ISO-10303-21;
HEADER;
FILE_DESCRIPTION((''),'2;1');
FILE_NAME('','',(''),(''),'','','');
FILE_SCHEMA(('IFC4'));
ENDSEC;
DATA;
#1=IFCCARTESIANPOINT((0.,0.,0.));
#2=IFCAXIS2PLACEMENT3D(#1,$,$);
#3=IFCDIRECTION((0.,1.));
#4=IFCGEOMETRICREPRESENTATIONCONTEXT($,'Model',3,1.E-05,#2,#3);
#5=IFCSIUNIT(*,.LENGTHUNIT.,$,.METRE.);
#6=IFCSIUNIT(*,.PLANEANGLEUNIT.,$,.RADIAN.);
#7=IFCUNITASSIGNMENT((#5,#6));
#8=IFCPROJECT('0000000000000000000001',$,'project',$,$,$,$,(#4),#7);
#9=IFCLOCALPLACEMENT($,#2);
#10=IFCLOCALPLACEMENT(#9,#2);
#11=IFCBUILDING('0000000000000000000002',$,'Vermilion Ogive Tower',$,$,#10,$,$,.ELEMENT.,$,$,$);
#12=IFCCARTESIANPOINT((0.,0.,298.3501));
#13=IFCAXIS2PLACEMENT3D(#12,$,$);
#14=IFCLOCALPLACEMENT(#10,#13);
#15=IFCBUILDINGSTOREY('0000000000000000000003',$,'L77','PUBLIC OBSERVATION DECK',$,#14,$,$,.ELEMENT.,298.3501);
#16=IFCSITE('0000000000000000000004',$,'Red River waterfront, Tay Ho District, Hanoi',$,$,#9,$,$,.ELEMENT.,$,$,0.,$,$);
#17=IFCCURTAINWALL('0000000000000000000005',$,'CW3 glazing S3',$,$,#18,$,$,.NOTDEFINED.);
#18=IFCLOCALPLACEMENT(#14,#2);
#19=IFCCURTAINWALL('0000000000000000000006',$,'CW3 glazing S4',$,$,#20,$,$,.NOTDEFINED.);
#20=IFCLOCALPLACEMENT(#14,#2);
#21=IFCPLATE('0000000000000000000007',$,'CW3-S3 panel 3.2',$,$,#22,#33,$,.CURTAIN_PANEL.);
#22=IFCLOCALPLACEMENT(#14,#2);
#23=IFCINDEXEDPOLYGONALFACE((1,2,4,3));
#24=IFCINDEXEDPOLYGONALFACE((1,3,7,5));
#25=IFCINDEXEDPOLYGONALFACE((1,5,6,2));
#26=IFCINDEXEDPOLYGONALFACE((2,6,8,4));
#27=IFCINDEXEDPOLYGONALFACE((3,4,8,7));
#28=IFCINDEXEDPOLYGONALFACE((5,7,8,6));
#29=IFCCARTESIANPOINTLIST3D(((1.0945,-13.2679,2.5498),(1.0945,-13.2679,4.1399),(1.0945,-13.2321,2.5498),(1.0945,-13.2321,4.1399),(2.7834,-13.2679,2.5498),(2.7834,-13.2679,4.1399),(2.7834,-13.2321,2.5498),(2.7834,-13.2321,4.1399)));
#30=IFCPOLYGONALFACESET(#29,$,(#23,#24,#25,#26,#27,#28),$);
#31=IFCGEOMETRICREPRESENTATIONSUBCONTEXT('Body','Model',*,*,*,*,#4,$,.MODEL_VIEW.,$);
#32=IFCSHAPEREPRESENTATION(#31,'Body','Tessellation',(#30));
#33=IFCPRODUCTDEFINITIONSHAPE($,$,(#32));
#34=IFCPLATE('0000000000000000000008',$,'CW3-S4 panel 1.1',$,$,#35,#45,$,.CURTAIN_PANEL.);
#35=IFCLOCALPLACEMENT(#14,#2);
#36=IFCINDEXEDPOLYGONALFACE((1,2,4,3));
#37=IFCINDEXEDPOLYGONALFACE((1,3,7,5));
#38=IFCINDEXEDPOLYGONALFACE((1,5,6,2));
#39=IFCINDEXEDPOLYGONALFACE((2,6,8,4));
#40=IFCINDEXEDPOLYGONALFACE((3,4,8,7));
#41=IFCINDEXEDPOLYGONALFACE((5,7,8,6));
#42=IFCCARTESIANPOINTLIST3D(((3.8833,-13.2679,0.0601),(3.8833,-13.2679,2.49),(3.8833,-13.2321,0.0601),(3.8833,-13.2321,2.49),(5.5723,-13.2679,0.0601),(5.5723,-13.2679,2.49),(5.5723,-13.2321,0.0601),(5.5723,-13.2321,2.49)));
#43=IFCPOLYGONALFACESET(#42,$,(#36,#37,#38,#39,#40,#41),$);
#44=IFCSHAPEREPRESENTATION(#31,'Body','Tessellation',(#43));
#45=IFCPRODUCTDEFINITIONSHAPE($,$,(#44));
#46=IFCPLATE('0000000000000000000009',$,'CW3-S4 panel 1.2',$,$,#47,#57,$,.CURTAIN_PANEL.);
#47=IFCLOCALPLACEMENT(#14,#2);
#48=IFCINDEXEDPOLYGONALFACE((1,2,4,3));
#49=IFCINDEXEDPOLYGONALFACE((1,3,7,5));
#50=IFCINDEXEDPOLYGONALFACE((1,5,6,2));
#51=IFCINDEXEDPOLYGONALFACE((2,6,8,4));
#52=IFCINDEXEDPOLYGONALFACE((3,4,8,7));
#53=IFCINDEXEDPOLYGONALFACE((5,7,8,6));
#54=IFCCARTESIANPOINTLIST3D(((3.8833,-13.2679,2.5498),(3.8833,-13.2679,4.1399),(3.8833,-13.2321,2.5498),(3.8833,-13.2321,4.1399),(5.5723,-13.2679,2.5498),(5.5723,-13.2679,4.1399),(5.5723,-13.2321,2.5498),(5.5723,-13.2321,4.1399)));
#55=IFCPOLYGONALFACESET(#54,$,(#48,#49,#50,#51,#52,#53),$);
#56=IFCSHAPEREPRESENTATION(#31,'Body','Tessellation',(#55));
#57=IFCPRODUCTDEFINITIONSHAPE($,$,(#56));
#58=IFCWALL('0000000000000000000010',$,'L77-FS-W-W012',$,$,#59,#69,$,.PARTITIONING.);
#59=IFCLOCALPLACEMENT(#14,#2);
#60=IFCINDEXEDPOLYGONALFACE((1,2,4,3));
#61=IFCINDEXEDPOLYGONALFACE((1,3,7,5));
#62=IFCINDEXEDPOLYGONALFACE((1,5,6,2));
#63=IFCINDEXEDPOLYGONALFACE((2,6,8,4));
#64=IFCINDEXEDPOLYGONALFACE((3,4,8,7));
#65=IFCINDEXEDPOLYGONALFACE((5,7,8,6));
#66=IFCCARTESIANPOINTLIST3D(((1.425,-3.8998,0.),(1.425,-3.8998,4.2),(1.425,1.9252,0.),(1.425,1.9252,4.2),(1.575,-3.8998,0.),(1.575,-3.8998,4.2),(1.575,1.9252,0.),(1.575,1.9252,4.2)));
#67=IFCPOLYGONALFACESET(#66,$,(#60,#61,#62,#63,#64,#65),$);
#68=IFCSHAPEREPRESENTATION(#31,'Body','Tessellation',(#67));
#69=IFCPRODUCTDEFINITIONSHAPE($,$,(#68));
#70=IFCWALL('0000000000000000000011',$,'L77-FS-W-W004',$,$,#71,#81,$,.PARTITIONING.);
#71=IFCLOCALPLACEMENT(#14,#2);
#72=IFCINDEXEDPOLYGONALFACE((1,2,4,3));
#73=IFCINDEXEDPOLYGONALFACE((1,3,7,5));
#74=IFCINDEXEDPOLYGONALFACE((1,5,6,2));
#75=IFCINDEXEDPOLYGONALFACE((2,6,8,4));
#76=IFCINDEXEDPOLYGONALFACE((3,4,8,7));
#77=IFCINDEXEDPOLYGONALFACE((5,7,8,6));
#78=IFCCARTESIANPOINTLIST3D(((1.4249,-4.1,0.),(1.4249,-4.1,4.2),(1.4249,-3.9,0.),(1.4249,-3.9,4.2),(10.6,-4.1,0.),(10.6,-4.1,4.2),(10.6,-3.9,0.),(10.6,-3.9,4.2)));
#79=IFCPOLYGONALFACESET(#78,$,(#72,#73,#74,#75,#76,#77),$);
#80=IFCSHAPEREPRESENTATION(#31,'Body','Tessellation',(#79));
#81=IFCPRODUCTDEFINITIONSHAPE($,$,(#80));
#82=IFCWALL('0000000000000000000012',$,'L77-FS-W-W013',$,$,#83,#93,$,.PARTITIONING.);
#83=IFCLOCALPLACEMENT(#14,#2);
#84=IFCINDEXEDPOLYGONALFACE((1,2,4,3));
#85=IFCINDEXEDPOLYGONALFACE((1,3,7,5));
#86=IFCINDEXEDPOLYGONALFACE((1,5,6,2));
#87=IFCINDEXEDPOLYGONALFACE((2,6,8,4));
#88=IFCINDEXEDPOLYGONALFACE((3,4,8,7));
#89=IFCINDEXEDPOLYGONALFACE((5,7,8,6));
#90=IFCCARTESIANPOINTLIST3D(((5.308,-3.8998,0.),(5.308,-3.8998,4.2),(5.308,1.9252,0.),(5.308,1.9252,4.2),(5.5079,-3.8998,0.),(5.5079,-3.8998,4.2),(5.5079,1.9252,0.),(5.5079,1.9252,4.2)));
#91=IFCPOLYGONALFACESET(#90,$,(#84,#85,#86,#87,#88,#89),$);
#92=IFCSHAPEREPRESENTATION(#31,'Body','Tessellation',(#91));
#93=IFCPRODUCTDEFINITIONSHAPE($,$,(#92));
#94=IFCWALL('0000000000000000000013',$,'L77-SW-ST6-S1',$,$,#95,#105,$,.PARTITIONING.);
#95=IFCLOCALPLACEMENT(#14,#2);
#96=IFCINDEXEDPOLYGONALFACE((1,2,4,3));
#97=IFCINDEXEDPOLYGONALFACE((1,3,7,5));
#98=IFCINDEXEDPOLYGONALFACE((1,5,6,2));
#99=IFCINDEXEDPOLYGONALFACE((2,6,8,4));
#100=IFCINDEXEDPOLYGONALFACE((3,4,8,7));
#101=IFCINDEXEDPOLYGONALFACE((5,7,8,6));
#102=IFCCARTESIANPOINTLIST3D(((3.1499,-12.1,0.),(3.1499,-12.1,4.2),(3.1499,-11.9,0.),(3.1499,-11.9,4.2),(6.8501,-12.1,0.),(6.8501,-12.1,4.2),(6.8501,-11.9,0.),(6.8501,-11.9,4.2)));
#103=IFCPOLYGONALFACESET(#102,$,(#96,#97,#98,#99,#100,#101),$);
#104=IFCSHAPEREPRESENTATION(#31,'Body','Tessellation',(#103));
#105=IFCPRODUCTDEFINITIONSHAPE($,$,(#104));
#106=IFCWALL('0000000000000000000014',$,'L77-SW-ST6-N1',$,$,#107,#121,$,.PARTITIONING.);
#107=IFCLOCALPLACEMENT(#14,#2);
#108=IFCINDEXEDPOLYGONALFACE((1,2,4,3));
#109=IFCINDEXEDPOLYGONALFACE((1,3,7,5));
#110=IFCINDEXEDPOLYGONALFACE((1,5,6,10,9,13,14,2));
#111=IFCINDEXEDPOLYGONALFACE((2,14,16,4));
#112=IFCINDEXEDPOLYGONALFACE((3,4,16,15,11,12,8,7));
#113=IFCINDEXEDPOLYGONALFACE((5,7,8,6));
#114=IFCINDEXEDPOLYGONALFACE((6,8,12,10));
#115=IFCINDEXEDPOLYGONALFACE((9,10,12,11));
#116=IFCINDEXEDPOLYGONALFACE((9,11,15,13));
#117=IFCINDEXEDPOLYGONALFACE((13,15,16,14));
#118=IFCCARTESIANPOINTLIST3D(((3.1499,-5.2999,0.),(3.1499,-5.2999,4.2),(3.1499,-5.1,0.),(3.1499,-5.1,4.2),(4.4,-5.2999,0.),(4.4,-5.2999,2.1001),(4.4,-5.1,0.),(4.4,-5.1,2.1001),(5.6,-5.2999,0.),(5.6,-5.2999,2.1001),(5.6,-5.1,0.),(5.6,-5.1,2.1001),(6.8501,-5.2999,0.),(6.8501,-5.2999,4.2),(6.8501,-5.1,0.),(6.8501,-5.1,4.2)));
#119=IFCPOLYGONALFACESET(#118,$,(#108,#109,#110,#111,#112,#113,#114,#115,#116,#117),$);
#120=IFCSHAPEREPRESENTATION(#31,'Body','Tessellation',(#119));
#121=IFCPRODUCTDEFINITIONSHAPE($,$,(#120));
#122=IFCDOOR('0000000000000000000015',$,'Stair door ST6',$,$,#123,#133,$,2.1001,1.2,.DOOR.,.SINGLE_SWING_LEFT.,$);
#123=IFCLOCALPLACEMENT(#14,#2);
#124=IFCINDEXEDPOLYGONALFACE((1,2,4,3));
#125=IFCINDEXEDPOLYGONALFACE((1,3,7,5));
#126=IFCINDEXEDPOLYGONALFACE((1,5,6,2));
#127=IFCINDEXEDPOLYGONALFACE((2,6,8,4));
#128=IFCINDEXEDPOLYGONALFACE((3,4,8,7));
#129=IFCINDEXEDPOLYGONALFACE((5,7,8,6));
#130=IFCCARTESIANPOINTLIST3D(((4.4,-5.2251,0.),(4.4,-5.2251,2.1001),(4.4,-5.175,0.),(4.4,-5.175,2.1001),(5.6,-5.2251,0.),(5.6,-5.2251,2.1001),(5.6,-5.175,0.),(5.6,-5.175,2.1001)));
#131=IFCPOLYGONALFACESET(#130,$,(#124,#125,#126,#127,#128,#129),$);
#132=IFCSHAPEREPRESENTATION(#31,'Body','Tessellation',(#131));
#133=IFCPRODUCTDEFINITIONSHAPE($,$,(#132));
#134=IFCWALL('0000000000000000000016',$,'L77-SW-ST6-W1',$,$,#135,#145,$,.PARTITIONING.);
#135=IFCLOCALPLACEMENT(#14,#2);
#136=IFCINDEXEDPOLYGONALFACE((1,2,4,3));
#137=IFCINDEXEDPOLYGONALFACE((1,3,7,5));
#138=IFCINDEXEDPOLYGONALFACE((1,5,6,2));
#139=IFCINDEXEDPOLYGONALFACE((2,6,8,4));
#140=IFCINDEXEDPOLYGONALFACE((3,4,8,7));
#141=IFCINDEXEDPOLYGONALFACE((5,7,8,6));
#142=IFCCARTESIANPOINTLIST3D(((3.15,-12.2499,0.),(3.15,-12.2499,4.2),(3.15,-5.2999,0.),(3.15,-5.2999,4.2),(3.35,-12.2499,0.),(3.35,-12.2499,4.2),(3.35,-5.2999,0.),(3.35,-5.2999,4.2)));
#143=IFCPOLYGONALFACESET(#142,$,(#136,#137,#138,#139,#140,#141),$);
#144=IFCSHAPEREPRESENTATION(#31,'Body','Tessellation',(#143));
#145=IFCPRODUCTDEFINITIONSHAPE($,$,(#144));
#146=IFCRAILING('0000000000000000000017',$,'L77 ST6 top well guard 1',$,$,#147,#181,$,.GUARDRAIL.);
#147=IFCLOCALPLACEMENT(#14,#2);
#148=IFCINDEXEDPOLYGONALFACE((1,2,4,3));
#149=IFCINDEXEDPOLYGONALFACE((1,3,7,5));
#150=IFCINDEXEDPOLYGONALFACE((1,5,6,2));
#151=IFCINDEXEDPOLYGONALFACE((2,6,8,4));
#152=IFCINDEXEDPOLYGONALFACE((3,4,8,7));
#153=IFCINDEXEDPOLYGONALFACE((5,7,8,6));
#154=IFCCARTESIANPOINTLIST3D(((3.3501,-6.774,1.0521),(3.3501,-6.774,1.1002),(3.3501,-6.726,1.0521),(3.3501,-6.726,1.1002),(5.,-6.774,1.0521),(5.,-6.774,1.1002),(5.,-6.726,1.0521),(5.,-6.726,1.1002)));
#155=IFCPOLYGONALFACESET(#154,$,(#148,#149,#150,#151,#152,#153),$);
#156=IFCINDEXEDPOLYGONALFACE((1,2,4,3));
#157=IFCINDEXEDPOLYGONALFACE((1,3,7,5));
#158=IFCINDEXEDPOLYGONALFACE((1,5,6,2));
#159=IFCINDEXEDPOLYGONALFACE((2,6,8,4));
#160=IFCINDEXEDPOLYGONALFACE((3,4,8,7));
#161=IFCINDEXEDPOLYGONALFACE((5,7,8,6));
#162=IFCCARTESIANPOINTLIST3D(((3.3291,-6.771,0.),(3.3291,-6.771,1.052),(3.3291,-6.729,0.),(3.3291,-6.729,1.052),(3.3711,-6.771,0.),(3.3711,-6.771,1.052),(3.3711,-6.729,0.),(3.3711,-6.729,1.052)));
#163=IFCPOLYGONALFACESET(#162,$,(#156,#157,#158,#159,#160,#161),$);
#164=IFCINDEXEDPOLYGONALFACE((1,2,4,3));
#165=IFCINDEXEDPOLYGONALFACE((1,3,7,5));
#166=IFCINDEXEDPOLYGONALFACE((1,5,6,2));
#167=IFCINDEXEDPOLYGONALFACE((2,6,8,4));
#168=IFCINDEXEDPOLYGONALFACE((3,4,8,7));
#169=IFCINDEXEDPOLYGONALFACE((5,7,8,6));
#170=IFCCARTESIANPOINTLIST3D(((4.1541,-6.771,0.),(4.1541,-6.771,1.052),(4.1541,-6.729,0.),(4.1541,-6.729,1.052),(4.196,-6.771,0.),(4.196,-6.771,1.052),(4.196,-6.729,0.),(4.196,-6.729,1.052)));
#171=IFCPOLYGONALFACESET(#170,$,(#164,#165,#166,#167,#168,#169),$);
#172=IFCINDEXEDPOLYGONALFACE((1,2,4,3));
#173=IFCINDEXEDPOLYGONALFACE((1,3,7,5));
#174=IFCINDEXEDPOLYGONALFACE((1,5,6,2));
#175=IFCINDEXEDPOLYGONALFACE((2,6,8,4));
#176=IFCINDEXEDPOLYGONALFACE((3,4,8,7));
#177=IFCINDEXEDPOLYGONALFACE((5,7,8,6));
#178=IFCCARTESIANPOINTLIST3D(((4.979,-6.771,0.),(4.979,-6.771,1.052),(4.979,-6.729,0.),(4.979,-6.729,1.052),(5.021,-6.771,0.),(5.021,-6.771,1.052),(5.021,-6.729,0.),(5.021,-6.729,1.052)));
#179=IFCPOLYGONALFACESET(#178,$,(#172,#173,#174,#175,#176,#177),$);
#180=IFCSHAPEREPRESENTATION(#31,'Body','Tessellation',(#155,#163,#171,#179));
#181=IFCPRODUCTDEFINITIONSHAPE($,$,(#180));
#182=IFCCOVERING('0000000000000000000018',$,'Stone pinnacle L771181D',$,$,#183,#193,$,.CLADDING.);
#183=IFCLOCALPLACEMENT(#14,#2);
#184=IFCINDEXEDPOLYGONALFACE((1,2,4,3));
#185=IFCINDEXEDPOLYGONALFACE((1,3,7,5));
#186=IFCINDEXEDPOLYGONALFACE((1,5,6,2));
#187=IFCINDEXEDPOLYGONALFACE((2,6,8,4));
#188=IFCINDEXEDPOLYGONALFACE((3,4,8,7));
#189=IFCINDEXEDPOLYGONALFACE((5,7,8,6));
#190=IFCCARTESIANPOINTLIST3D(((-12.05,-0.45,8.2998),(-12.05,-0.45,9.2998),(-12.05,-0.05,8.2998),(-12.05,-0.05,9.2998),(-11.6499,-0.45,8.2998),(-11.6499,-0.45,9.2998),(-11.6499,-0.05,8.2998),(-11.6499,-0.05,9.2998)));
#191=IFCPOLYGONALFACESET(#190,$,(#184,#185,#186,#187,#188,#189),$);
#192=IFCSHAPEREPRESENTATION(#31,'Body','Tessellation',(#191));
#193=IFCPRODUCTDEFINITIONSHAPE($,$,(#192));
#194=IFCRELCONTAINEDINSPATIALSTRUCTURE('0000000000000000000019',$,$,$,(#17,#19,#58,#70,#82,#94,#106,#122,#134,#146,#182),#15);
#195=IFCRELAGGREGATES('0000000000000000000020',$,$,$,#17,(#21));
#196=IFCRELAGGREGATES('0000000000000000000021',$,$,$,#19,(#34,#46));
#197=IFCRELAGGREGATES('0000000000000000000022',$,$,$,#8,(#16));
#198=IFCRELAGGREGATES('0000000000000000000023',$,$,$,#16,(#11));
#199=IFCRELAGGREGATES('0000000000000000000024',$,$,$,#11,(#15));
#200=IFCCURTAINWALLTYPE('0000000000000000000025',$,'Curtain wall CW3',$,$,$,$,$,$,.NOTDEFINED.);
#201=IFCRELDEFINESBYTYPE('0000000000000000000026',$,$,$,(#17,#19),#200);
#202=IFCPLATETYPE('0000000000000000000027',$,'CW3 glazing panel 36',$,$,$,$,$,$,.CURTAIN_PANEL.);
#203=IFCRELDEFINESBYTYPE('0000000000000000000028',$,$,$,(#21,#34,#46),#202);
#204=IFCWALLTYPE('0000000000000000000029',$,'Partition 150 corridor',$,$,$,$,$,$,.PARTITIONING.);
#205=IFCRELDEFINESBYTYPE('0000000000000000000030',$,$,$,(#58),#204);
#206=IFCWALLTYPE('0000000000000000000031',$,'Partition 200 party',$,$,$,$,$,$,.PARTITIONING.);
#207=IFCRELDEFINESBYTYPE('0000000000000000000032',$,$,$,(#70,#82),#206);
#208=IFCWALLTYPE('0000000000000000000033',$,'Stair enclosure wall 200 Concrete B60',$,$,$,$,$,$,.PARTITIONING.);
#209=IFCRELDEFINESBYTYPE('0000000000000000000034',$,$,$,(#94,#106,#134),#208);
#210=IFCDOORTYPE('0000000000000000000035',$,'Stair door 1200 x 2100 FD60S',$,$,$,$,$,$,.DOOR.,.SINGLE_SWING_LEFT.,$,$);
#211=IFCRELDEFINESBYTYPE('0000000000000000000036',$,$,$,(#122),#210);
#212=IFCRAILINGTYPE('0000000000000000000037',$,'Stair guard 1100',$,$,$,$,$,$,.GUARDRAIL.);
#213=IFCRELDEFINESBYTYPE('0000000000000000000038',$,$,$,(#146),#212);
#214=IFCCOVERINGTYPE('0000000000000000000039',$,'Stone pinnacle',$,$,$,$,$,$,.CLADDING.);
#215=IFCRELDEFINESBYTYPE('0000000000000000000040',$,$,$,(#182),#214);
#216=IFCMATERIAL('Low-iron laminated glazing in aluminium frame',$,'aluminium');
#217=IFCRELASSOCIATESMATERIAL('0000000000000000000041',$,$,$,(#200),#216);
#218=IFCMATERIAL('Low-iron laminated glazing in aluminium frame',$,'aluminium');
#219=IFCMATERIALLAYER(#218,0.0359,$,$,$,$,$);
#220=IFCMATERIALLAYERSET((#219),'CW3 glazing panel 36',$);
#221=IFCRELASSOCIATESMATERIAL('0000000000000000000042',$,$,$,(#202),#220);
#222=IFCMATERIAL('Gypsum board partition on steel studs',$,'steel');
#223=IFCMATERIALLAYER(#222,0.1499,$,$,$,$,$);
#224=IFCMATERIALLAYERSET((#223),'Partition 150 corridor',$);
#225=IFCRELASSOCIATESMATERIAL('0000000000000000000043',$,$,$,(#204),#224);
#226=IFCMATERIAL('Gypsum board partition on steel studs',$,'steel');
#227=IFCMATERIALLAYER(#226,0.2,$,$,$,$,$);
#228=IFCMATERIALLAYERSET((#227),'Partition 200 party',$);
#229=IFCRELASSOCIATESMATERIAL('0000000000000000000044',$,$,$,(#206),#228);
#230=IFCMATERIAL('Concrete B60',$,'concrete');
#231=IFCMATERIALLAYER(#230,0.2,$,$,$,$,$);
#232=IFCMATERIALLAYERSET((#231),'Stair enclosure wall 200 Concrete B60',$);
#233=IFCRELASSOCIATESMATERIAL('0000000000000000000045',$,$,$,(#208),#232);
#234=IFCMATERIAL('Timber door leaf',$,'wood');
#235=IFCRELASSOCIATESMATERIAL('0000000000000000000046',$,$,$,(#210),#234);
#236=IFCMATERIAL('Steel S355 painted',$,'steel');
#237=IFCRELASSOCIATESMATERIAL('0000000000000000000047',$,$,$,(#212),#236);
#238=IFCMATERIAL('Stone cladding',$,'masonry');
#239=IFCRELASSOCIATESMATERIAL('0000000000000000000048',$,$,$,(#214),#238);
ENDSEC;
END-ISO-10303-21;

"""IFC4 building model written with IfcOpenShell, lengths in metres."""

from ifc_helpers import new_model, si_unit, direction, frame, frame_2d, origin, origin_2d, place, context, subcontext, project, spatial, polyline, rectangle, outline, extrude, material, layer, layer_set, type_object, element, fill, aggregate, save


model = new_model("IFC4")

# Units and contexts
model_context = context("Model", 3, precision=1e-05, world=origin(), true_north=direction((0.0, 1.0)))
body_context = subcontext(model_context, "Body", "Model", "MODEL_VIEW")
ifc_project = project(units=[si_unit("LENGTHUNIT", "METRE"), si_unit("PLANEANGLEUNIT", "RADIAN")], contexts=[model_context])

# Site, building, storey
site_placement = place(None, origin())
site = spatial("IfcSite", under=ifc_project, at=site_placement, Name="Red River waterfront, Tay Ho District, Hanoi", CompositionType="ELEMENT", RefElevation=0.0)
building_placement = place(site_placement, origin())
building = spatial("IfcBuilding", under=site, at=building_placement, Name="Vermilion Ogive Tower", CompositionType="ELEMENT")
storey_placement = place(building_placement, frame((0.0, 0.0, 298.3501)))
storey = spatial("IfcBuildingStorey", under=building, at=storey_placement, Name="L77", Description="PUBLIC OBSERVATION DECK", CompositionType="ELEMENT", Elevation=298.3501)

# Curtain walls
ifc_material_1 = material(Name="Low-iron laminated glazing in aluminium frame", Category="aluminium")
curtain_wall_type = type_object("IfcCurtainWallType", Name="Curtain wall CW3", PredefinedType="NOTDEFINED", material=ifc_material_1)
curtain_wall_1_placement = place(storey_placement, origin())
curtain_wall_1 = element("IfcCurtainWall", 1, at=curtain_wall_1_placement, inside=storey, type_object=curtain_wall_type, Name="CW3 glazing S3", PredefinedType="NOTDEFINED")
curtain_wall_2_placement = place(storey_placement, origin())
curtain_wall_2 = element("IfcCurtainWall", 2, at=curtain_wall_2_placement, inside=storey, type_object=curtain_wall_type, Name="CW3 glazing S4", PredefinedType="NOTDEFINED")

# Plates
ifc_material_2 = material(Name="Low-iron laminated glazing in aluminium frame", Category="aluminium")
ifc_layer_1 = layer(ifc_material_2, 0.0359)
ifc_layer_set_1 = layer_set([ifc_layer_1], Name="CW3 glazing panel 36")
plate_type = type_object("IfcPlateType", Name="CW3 glazing panel 36", PredefinedType="CURTAIN_PANEL", material=ifc_layer_set_1)
plate_1_placement = place(storey_placement, frame((1.939, -13.25, 2.5498), z_axis=(0.0, 0.0, 1.0), x_axis=(1.0, 0.0, 0.0)))
plate_1 = element("IfcPlate", 3, at=plate_1_placement, type_object=plate_type, Name="CW3-S3 panel 3.2", PredefinedType="CURTAIN_PANEL", context=body_context, shape_type="SweptSolid", body=[
    extrude(rectangle(XDim=1.689, YDim=0.0359, at=origin_2d()), origin(), (0.0, 0.0, 1.0), 1.5901),
])
aggregate(curtain_wall_1, [plate_1])
plate_2_placement = place(storey_placement, frame((4.7278, -13.25, 0.0601), z_axis=(0.0, 0.0, 1.0), x_axis=(1.0, 0.0, 0.0)))
plate_2 = element("IfcPlate", 4, at=plate_2_placement, type_object=plate_type, Name="CW3-S4 panel 1.1", PredefinedType="CURTAIN_PANEL", context=body_context, shape_type="SweptSolid", body=[
    extrude(rectangle(XDim=1.689, YDim=0.0359, at=origin_2d()), origin(), (0.0, 0.0, 1.0), 2.4299),
])
plate_3_placement = place(storey_placement, frame((4.7278, -13.25, 2.5498), z_axis=(0.0, 0.0, 1.0), x_axis=(1.0, 0.0, 0.0)))
plate_3 = element("IfcPlate", 5, at=plate_3_placement, type_object=plate_type, Name="CW3-S4 panel 1.2", PredefinedType="CURTAIN_PANEL", context=body_context, shape_type="SweptSolid", body=[
    extrude(rectangle(XDim=1.689, YDim=0.0359, at=origin_2d()), origin(), (0.0, 0.0, 1.0), 1.5901),
])
aggregate(curtain_wall_2, [plate_2, plate_3])

# Walls
ifc_material_3 = material(Name="Gypsum board partition on steel studs", Category="steel")
ifc_layer_2 = layer(ifc_material_3, 0.1499)
ifc_layer_set_2 = layer_set([ifc_layer_2], Name="Partition 150 corridor")
wall_type_1 = type_object("IfcWallType", Name="Partition 150 corridor", PredefinedType="PARTITIONING", material=ifc_layer_set_2)
wall_1_placement = place(storey_placement, frame((1.5, -3.8999, 0.0), z_axis=(0.0, 0.0, 1.0), x_axis=(0.0, 1.0, 0.0)))
element("IfcWall", 6, at=wall_1_placement, inside=storey, type_object=wall_type_1, Name="L77-FS-W-W012", PredefinedType="PARTITIONING", context=body_context, shape_type="SweptSolid", body=[
    extrude(rectangle(XDim=5.825, YDim=0.1499, at=frame_2d((2.9126, 0.0))), origin(), (0.0, 0.0, 1.0), 4.2),
])
ifc_material_4 = material(Name="Gypsum board partition on steel studs", Category="steel")
ifc_layer_3 = layer(ifc_material_4, 0.2)
ifc_layer_set_3 = layer_set([ifc_layer_3], Name="Partition 200 party")
wall_type_2 = type_object("IfcWallType", Name="Partition 200 party", PredefinedType="PARTITIONING", material=ifc_layer_set_3)
wall_2_placement = place(storey_placement, frame((1.425, -4.0, 0.0), z_axis=(0.0, 0.0, 1.0), x_axis=(1.0, 0.0, 0.0)))
element("IfcWall", 7, at=wall_2_placement, inside=storey, type_object=wall_type_2, Name="L77-FS-W-W004", PredefinedType="PARTITIONING", context=body_context, shape_type="SweptSolid", body=[
    extrude(rectangle(XDim=9.175, YDim=0.2, at=frame_2d((4.5874, 0.0))), origin(), (0.0, 0.0, 1.0), 4.2),
])
wall_3_placement = place(storey_placement, frame((5.408, -3.8999, 0.0), z_axis=(0.0, 0.0, 1.0), x_axis=(0.0, 1.0, 0.0)))
element("IfcWall", 8, at=wall_3_placement, inside=storey, type_object=wall_type_2, Name="L77-FS-W-W013", PredefinedType="PARTITIONING", context=body_context, shape_type="SweptSolid", body=[
    extrude(rectangle(XDim=5.825, YDim=0.2, at=frame_2d((2.9126, 0.0))), origin(), (0.0, 0.0, 1.0), 4.2),
])
ifc_material_5 = material(Name="Concrete B60", Category="concrete")
ifc_layer_4 = layer(ifc_material_5, 0.2)
ifc_layer_set_4 = layer_set([ifc_layer_4], Name="Stair enclosure wall 200 Concrete B60")
wall_type_3 = type_object("IfcWallType", Name="Stair enclosure wall 200 Concrete B60", PredefinedType="PARTITIONING", material=ifc_layer_set_4)
wall_4_placement = place(storey_placement, frame((3.1499, -12.0, 0.0), z_axis=(0.0, 0.0, 1.0), x_axis=(1.0, 0.0, 0.0)))
element("IfcWall", 9, at=wall_4_placement, inside=storey, type_object=wall_type_3, Name="L77-SW-ST6-S1", PredefinedType="PARTITIONING", context=body_context, shape_type="SweptSolid", body=[
    extrude(rectangle(XDim=3.7002, YDim=0.2, at=frame_2d((1.8501, 0.0))), origin(), (0.0, 0.0, 1.0), 4.2),
])

# Wall, opening, door
wall_5_placement = place(storey_placement, frame((3.1499, -5.2, 0.0), z_axis=(0.0, 0.0, 1.0), x_axis=(1.0, 0.0, 0.0)))
wall_5 = element("IfcWall", 10, at=wall_5_placement, inside=storey, type_object=wall_type_3, Name="L77-SW-ST6-N1", PredefinedType="PARTITIONING", context=body_context, shape_type="SweptSolid", body=[
    extrude(rectangle(XDim=3.7002, YDim=0.2, at=frame_2d((1.8501, 0.0))), origin(), (0.0, 0.0, 1.0), 4.2),
])
opening_placement = place(wall_5_placement, frame((1.25, 0.0, 0.0)))
opening = element("IfcOpeningElement", 11, at=opening_placement, cuts=wall_5, PredefinedType="OPENING", context=body_context, shape_type="SweptSolid", body=[
    extrude(rectangle(XDim=1.2, YDim=2.1001, at=frame_2d((0.6001, 1.05))), frame((0.0, 0.1099, 0.0), z_axis=(0.0, -1.0, 0.0), x_axis=(1.0, 0.0, 0.0)), (0.0, 0.0, 1.0), 0.22),
])
ifc_material_6 = material(Name="Timber door leaf", Category="wood")
door_type = type_object("IfcDoorType", Name="Stair door 1200 x 2100 FD60S", OperationType="SINGLE_SWING_LEFT", PredefinedType="DOOR", material=ifc_material_6)
door_placement = place(opening_placement, origin())
door = element("IfcDoor", 12, at=door_placement, inside=storey, type_object=door_type, Name="Stair door ST6", OperationType="SINGLE_SWING_LEFT", OverallHeight=2.1001, OverallWidth=1.2, PredefinedType="DOOR", context=body_context, shape_type="SweptSolid", body=[
    extrude(rectangle(XDim=1.2, YDim=2.1001, at=frame_2d((0.6001, 1.05))), frame((0.0, 0.0249, 0.0), z_axis=(0.0, -1.0, 0.0), x_axis=(1.0, 0.0, 0.0)), (0.0, 0.0, 1.0), 0.05),
])
fill(opening, door)

# Wall
wall_6_placement = place(storey_placement, frame((3.25, -12.25, 0.0), z_axis=(0.0, 0.0, 1.0), x_axis=(0.0, 1.0, 0.0)))
element("IfcWall", 13, at=wall_6_placement, inside=storey, type_object=wall_type_3, Name="L77-SW-ST6-W1", PredefinedType="PARTITIONING", context=body_context, shape_type="SweptSolid", body=[
    extrude(rectangle(XDim=6.95, YDim=0.2, at=frame_2d((3.4751, 0.0))), origin(), (0.0, 0.0, 1.0), 4.2),
])

# Railing
ifc_material_7 = material(Name="Steel S355 painted", Category="steel")
railing_type = type_object("IfcRailingType", Name="Stair guard 1100", PredefinedType="GUARDRAIL", material=ifc_material_7)
railing_placement = place(storey_placement, frame((3.3501, -6.75, 0.0)))
element("IfcRailing", 14, at=railing_placement, inside=storey, type_object=railing_type, Name="L77 ST6 top well guard 1", PredefinedType="GUARDRAIL", context=body_context, shape_type="SweptSolid", body=[
    extrude(rectangle(XDim=0.0481, YDim=0.0481, at=origin_2d()), frame((0.0, 0.0, 1.0762), z_axis=(1.0, 0.0, 0.0), x_axis=(0.0, 1.0, 0.0)), (0.0, 0.0, 1.0), 1.6499),
    extrude(rectangle(XDim=0.042, YDim=0.042, at=origin_2d()), origin(), (0.0, 0.0, 1.0), 1.052),
    extrude(rectangle(XDim=0.042, YDim=0.042, at=origin_2d()), frame((0.825, 0.0, 0.0)), (0.0, 0.0, 1.0), 1.052),
    extrude(rectangle(XDim=0.042, YDim=0.042, at=origin_2d()), frame((1.6499, 0.0, 0.0)), (0.0, 0.0, 1.0), 1.052),
])

# Covering
ifc_material_8 = material(Name="Stone cladding", Category="masonry")
covering_type = type_object("IfcCoveringType", Name="Stone pinnacle", PredefinedType="CLADDING", material=ifc_material_8)
covering_1_placement = place(storey_placement, frame((0.0, 0.0, 8.2998)))
element("IfcCovering", 15, at=covering_1_placement, inside=storey, type_object=covering_type, Name="Stone pinnacle L771181D", PredefinedType="CLADDING", context=body_context, shape_type="SweptSolid", body=[
    extrude(outline(polyline([(-12.05, -0.45), (-11.6499, -0.45), (-11.6499, -0.05), (-12.05, -0.05), (-12.05, -0.45)])), origin(), (0.0, 0.0, 1.0), 1.0),
])

save(model, "model.ifc")
